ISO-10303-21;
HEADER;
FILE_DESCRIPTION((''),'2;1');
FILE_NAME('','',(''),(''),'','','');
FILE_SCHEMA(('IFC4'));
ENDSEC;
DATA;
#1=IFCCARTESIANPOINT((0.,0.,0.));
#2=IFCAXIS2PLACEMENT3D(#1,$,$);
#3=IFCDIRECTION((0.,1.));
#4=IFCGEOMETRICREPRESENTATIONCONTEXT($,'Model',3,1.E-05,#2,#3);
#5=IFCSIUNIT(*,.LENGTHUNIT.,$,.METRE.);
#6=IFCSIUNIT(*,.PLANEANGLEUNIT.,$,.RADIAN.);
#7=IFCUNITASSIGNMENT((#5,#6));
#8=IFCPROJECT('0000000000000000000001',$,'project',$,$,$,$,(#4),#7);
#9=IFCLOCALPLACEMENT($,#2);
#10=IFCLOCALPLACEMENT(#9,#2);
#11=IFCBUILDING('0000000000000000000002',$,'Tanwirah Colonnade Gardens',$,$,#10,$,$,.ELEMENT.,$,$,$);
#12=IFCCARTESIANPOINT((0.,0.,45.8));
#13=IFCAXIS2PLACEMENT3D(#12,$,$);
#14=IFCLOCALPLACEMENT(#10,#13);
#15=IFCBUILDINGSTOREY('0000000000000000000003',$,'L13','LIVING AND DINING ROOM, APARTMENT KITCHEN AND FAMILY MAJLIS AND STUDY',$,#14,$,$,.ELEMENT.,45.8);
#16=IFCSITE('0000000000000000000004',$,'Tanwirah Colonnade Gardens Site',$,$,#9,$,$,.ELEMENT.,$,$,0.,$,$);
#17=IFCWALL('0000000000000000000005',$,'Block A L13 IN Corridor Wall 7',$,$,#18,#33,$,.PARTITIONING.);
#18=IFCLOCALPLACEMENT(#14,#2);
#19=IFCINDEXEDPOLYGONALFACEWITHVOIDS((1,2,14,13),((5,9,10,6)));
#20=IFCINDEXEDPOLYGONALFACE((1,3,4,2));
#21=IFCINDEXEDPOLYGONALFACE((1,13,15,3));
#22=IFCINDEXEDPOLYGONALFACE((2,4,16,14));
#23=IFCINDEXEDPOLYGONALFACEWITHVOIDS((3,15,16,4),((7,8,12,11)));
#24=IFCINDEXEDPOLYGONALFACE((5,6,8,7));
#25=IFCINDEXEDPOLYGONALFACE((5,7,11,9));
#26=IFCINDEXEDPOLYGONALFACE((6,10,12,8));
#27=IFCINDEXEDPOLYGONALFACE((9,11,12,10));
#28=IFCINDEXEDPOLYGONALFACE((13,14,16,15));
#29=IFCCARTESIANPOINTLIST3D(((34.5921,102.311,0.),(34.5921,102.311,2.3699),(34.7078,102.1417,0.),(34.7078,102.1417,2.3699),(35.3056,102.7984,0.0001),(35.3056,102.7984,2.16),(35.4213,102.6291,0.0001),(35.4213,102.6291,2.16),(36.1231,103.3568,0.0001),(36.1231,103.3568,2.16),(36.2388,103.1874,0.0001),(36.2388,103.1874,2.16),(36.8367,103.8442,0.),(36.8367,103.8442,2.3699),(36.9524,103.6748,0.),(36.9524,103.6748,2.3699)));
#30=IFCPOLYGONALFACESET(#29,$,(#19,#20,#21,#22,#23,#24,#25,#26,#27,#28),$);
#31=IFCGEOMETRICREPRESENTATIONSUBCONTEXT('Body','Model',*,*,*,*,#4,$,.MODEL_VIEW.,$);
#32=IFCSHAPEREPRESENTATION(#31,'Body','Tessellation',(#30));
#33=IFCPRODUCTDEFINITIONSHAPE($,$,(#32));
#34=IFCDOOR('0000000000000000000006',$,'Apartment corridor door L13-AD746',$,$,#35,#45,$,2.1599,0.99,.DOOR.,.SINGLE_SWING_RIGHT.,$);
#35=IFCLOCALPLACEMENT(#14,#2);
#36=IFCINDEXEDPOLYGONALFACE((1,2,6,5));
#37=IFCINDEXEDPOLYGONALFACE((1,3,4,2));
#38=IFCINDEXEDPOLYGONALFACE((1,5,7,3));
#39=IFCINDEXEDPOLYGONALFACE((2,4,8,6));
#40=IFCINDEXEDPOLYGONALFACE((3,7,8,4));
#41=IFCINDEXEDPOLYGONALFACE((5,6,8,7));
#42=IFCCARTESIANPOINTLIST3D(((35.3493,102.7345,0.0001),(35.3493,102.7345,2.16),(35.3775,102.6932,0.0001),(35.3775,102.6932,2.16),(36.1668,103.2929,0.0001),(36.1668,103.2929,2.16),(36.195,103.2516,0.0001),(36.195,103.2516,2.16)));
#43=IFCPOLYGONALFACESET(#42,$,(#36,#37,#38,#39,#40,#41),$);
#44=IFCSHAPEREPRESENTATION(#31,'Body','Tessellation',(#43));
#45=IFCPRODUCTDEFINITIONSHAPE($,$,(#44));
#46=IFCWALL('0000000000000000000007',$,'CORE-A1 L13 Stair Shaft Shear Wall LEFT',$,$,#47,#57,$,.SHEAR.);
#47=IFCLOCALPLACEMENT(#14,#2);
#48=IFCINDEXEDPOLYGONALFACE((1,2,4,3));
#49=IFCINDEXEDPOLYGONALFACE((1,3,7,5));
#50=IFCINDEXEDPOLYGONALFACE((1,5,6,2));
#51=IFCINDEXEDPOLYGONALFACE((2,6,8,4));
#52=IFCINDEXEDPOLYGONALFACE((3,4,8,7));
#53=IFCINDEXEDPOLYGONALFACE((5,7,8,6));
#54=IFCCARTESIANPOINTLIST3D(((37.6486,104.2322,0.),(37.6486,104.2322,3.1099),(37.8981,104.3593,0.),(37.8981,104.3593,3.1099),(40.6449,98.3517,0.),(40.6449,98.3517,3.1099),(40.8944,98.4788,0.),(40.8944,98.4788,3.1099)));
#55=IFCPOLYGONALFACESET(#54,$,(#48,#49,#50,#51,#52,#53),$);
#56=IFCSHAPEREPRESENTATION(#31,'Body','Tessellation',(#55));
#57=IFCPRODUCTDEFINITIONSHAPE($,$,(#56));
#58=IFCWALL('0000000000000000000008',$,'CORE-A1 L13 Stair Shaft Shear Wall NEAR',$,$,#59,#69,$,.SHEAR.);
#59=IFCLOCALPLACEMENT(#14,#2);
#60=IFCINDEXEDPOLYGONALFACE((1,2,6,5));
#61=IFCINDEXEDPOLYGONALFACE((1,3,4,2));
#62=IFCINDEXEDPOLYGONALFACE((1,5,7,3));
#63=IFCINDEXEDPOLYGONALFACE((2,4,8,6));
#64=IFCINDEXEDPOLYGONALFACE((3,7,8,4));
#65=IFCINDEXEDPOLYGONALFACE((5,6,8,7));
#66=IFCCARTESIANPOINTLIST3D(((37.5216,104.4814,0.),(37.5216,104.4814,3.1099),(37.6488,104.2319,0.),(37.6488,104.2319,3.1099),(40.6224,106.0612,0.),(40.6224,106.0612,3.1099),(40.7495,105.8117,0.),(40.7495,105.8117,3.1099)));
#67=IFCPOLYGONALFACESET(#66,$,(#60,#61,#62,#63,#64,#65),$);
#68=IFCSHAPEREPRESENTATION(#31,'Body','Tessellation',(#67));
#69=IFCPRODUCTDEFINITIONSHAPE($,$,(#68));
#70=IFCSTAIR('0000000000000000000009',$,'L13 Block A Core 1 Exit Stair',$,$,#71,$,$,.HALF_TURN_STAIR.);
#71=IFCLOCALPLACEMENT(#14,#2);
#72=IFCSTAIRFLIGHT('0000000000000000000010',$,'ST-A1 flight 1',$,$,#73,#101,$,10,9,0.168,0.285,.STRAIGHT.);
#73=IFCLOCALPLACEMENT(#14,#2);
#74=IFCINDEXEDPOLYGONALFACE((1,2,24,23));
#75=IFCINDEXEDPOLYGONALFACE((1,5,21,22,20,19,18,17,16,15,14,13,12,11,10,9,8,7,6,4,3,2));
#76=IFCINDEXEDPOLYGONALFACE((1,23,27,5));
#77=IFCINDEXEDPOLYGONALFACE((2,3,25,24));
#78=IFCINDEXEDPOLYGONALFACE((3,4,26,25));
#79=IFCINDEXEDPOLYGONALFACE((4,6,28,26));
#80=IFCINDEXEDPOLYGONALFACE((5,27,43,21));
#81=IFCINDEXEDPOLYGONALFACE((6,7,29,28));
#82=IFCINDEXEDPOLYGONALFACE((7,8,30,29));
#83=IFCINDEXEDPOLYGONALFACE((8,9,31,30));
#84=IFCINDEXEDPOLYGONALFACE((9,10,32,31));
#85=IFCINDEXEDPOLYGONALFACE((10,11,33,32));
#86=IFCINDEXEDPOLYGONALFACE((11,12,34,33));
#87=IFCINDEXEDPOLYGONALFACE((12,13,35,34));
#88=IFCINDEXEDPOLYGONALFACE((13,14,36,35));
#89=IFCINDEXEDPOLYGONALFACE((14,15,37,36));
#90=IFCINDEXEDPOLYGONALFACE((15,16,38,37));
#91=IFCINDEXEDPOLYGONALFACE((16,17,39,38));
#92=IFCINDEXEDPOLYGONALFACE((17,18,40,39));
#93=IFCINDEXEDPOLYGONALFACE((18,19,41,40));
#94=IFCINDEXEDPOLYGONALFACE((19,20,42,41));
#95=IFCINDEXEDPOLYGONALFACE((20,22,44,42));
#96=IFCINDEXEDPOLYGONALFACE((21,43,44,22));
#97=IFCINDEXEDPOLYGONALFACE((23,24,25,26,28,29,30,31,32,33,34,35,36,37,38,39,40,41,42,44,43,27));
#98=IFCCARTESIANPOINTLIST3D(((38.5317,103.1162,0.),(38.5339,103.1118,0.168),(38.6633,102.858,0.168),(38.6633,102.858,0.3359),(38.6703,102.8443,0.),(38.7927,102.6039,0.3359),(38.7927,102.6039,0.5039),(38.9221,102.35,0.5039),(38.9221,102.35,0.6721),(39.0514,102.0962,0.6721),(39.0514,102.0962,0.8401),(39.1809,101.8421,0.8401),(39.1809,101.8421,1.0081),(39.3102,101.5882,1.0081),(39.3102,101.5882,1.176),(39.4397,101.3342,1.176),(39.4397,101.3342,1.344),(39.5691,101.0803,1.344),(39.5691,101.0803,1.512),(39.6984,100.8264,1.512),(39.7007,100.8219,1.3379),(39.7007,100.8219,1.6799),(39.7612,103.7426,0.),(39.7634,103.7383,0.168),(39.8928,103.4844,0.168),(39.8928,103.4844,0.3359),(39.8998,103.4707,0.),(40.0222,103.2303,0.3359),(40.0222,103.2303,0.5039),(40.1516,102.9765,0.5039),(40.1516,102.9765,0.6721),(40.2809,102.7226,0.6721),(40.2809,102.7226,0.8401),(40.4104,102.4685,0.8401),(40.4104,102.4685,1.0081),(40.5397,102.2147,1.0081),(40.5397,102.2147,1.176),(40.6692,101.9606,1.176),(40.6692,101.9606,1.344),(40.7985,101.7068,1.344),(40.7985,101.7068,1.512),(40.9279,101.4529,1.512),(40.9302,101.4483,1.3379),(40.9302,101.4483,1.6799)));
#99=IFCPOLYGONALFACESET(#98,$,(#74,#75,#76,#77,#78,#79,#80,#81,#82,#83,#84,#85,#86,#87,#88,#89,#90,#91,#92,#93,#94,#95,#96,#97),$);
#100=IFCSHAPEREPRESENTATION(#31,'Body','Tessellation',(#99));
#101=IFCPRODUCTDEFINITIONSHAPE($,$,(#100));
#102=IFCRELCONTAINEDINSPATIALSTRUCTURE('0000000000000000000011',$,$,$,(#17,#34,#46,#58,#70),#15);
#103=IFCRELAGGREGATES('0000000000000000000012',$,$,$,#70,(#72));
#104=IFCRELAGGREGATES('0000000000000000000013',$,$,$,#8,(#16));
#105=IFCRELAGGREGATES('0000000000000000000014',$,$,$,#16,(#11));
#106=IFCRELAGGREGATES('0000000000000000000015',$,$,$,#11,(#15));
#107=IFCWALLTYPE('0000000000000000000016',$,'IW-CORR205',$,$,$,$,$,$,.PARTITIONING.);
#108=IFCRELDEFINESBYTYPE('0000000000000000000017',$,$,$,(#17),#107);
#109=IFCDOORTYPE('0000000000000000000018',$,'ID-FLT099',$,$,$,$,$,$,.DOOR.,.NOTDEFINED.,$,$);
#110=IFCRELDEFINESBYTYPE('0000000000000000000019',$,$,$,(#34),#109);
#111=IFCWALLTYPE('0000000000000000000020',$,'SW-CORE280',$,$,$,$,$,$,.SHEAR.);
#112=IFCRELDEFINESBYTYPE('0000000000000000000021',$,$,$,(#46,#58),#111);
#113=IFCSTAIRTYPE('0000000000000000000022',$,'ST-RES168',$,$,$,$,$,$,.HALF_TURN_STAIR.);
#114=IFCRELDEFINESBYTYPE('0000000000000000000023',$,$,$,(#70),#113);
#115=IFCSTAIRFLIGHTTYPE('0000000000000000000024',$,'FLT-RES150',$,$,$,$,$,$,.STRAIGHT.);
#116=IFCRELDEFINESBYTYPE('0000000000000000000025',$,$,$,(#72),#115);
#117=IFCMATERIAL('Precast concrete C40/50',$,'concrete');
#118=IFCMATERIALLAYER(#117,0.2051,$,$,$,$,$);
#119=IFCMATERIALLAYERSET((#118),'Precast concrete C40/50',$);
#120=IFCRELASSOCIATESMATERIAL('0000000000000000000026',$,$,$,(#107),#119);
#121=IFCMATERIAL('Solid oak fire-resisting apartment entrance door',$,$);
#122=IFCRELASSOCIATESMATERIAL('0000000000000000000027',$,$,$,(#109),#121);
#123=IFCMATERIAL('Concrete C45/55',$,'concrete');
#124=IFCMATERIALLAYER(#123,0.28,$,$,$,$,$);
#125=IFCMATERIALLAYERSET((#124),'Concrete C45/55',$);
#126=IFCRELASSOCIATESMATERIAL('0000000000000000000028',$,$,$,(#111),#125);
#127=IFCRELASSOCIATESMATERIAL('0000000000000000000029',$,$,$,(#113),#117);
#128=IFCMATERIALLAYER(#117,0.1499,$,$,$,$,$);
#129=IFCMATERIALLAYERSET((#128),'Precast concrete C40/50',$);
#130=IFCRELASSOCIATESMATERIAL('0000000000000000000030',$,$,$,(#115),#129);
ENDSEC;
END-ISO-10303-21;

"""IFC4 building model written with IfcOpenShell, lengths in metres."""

from ifc_helpers import new_model, si_unit, direction, frame, frame_2d, origin, place, context, subcontext, project, spatial, polyline, rectangle, outline, extrude, material, layer, layer_set, type_object, element, fill, aggregate, save


model = new_model("IFC4")

# Units and contexts
model_context = context("Model", 3, precision=1e-05, world=origin(), true_north=direction((0.0, 1.0)))
body_context = subcontext(model_context, "Body", "Model", "MODEL_VIEW")
ifc_project = project(units=[si_unit("LENGTHUNIT", "METRE"), si_unit("PLANEANGLEUNIT", "RADIAN")], contexts=[model_context])

# Site, building, storey
site_placement = place(None, origin())
site = spatial("IfcSite", under=ifc_project, at=site_placement, Name="Tanwirah Colonnade Gardens Site", CompositionType="ELEMENT", RefElevation=0.0)
building_placement = place(site_placement, origin())
building = spatial("IfcBuilding", under=site, at=building_placement, Name="Tanwirah Colonnade Gardens", CompositionType="ELEMENT")
storey_placement = place(building_placement, frame((0.0, 0.0, 45.8)))
storey = spatial("IfcBuildingStorey", under=building, at=storey_placement, Name="L13", Description="LIVING AND DINING ROOM, APARTMENT KITCHEN AND FAMILY MAJLIS AND STUDY", CompositionType="ELEMENT", Elevation=45.8)

# Shared definitions
ifc_material_1 = material(Name="Precast concrete C40/50", Category="concrete")

# Wall, opening, door
ifc_layer_1 = layer(ifc_material_1, 0.2051)
ifc_layer_set_1 = layer_set([ifc_layer_1], Name="Precast concrete C40/50")
wall_type_1 = type_object("IfcWallType", Name="IW-CORR205", PredefinedType="PARTITIONING", material=ifc_layer_set_1)
ifc_material_2 = material(Name="Solid oak fire-resisting apartment entrance door")
door_type_1 = type_object("IfcDoorType", Name="ID-FLT099", OperationType="NOTDEFINED", PredefinedType="DOOR", material=ifc_material_2)
wall_1_placement = place(storey_placement, frame((36.8945, 103.7595, 0.0), z_axis=(0.0, 0.0, 1.0), x_axis=(-0.825752, -0.564033, 0.0)))
wall_1 = element("IfcWall", 1, at=wall_1_placement, inside=storey, type_object=wall_type_1, Name="Block A L13 IN Corridor Wall 7", PredefinedType="PARTITIONING", context=body_context, shape_type="SweptSolid", body=[
    extrude(rectangle(XDim=2.7183, YDim=0.2051, at=frame_2d((1.3591, 0.0))), origin(), (0.0, 0.0, 1.0), 2.3699),
])
opening_1_placement = place(wall_1_placement, frame((0.864, 0.0, 0.0)))
opening_1 = element("IfcOpeningElement", 2, at=opening_1_placement, cuts=wall_1, PredefinedType="OPENING", context=body_context, shape_type="SweptSolid", body=[
    extrude(rectangle(XDim=0.99, YDim=2.1599, at=frame_2d((0.4951, 1.0801))), frame((0.0, 0.1125, 0.0), z_axis=(0.0, -1.0, 0.0), x_axis=(1.0, 0.0, 0.0)), (0.0, 0.0, 1.0), 0.2251),
])
door_1_placement = place(opening_1_placement, origin())
door_1 = element("IfcDoor", 3, at=door_1_placement, inside=storey, type_object=door_type_1, Name="Apartment corridor door L13-AD746", OperationType="SINGLE_SWING_RIGHT", OverallHeight=2.1599, OverallWidth=0.99, PredefinedType="DOOR", context=body_context, shape_type="SweptSolid", body=[
    extrude(rectangle(XDim=0.99, YDim=2.1599, at=frame_2d((0.4951, 1.0801))), frame((0.0, 0.0249, 0.0), z_axis=(0.0, -1.0, 0.0), x_axis=(1.0, 0.0, 0.0)), (0.0, 0.0, 1.0), 0.05),
])
fill(opening_1, door_1)

# Walls
ifc_material_3 = material(Name="Concrete C45/55", Category="concrete")
ifc_layer_2 = layer(ifc_material_3, 0.28)
ifc_layer_set_2 = layer_set([ifc_layer_2], Name="Concrete C45/55")
wall_type_2 = type_object("IfcWallType", Name="SW-CORE280", PredefinedType="SHEAR", material=ifc_layer_set_2)
wall_2_placement = place(storey_placement, frame((37.7734, 104.2957, 0.0), z_axis=(0.0, 0.0, 1.0), x_axis=(0.453992, -0.891006, 0.0)))
element("IfcWall", 4, at=wall_2_placement, inside=storey, type_object=wall_type_2, Name="CORE-A1 L13 Stair Shaft Shear Wall LEFT", PredefinedType="SHEAR", context=body_context, shape_type="SweptSolid", body=[
    extrude(rectangle(XDim=6.5999, YDim=0.28, at=frame_2d((3.2998, 0.0))), origin(), (0.0, 0.0, 1.0), 3.1099),
])
wall_3_placement = place(storey_placement, frame((37.5852, 104.3567, 0.0), z_axis=(0.0, 0.0, 1.0), x_axis=(0.89102, 0.453964, 0.0)))
element("IfcWall", 5, at=wall_3_placement, inside=storey, type_object=wall_type_2, Name="CORE-A1 L13 Stair Shaft Shear Wall NEAR", PredefinedType="SHEAR", context=body_context, shape_type="SweptSolid", body=[
    extrude(rectangle(XDim=3.48, YDim=0.28, at=frame_2d((1.74, 0.0))), origin(), (0.0, 0.0, 1.0), 3.1099),
])

# Stair, stair flight
stair_type = type_object("IfcStairType", Name="ST-RES168", PredefinedType="HALF_TURN_STAIR", material=ifc_material_1)
stair_placement = place(storey_placement, origin())
stair = element("IfcStair", 6, at=stair_placement, inside=storey, type_object=stair_type, Name="L13 Block A Core 1 Exit Stair", PredefinedType="HALF_TURN_STAIR")
ifc_layer_3 = layer(ifc_material_1, 0.1499)
ifc_layer_set_3 = layer_set([ifc_layer_3], Name="Precast concrete C40/50")
stair_flight_type = type_object("IfcStairFlightType", Name="FLT-RES150", PredefinedType="STRAIGHT", material=ifc_layer_set_3)
stair_flight_placement = place(storey_placement, frame((39.1487, 103.425, 0.0), z_axis=(0.0, 0.0, 1.0), x_axis=(0.45399, -0.891007, 0.0)))
stair_flight = element("IfcStairFlight", 7, at=stair_flight_placement, type_object=stair_flight_type, Name="ST-A1 flight 1", NumberOfRisers=10, NumberOfTreads=9, PredefinedType="STRAIGHT", RiserHeight=0.168, TreadLength=0.285, context=body_context, shape_type="SweptSolid", body=[
    extrude(outline(polyline([(-0.0049, 0.0), (0.0, 0.168), (0.2849, 0.168), (0.2849, 0.3359), (0.5701, 0.3359), (0.5701, 0.5039), (0.855, 0.5039), (0.855, 0.6721), (1.1399, 0.6721), (1.1399, 0.8401), (1.425, 0.8401), (1.425, 1.0081), (1.71, 1.0081), (1.71, 1.176), (1.9951, 1.176), (1.9951, 1.344), (2.28, 1.344), (2.28, 1.512), (2.5649, 1.512), (2.5701, 1.6799), (2.5701, 1.3379), (0.3003, 0.0), (-0.0049, 0.0)])), frame((0.0, 0.6899, 0.0), z_axis=(0.0, -1.0, 0.0), x_axis=(1.0, 0.0, 0.0)), (0.0, 0.0, 1.0), 1.3799),
])
aggregate(stair, [stair_flight])

save(model, "model.ifc")
